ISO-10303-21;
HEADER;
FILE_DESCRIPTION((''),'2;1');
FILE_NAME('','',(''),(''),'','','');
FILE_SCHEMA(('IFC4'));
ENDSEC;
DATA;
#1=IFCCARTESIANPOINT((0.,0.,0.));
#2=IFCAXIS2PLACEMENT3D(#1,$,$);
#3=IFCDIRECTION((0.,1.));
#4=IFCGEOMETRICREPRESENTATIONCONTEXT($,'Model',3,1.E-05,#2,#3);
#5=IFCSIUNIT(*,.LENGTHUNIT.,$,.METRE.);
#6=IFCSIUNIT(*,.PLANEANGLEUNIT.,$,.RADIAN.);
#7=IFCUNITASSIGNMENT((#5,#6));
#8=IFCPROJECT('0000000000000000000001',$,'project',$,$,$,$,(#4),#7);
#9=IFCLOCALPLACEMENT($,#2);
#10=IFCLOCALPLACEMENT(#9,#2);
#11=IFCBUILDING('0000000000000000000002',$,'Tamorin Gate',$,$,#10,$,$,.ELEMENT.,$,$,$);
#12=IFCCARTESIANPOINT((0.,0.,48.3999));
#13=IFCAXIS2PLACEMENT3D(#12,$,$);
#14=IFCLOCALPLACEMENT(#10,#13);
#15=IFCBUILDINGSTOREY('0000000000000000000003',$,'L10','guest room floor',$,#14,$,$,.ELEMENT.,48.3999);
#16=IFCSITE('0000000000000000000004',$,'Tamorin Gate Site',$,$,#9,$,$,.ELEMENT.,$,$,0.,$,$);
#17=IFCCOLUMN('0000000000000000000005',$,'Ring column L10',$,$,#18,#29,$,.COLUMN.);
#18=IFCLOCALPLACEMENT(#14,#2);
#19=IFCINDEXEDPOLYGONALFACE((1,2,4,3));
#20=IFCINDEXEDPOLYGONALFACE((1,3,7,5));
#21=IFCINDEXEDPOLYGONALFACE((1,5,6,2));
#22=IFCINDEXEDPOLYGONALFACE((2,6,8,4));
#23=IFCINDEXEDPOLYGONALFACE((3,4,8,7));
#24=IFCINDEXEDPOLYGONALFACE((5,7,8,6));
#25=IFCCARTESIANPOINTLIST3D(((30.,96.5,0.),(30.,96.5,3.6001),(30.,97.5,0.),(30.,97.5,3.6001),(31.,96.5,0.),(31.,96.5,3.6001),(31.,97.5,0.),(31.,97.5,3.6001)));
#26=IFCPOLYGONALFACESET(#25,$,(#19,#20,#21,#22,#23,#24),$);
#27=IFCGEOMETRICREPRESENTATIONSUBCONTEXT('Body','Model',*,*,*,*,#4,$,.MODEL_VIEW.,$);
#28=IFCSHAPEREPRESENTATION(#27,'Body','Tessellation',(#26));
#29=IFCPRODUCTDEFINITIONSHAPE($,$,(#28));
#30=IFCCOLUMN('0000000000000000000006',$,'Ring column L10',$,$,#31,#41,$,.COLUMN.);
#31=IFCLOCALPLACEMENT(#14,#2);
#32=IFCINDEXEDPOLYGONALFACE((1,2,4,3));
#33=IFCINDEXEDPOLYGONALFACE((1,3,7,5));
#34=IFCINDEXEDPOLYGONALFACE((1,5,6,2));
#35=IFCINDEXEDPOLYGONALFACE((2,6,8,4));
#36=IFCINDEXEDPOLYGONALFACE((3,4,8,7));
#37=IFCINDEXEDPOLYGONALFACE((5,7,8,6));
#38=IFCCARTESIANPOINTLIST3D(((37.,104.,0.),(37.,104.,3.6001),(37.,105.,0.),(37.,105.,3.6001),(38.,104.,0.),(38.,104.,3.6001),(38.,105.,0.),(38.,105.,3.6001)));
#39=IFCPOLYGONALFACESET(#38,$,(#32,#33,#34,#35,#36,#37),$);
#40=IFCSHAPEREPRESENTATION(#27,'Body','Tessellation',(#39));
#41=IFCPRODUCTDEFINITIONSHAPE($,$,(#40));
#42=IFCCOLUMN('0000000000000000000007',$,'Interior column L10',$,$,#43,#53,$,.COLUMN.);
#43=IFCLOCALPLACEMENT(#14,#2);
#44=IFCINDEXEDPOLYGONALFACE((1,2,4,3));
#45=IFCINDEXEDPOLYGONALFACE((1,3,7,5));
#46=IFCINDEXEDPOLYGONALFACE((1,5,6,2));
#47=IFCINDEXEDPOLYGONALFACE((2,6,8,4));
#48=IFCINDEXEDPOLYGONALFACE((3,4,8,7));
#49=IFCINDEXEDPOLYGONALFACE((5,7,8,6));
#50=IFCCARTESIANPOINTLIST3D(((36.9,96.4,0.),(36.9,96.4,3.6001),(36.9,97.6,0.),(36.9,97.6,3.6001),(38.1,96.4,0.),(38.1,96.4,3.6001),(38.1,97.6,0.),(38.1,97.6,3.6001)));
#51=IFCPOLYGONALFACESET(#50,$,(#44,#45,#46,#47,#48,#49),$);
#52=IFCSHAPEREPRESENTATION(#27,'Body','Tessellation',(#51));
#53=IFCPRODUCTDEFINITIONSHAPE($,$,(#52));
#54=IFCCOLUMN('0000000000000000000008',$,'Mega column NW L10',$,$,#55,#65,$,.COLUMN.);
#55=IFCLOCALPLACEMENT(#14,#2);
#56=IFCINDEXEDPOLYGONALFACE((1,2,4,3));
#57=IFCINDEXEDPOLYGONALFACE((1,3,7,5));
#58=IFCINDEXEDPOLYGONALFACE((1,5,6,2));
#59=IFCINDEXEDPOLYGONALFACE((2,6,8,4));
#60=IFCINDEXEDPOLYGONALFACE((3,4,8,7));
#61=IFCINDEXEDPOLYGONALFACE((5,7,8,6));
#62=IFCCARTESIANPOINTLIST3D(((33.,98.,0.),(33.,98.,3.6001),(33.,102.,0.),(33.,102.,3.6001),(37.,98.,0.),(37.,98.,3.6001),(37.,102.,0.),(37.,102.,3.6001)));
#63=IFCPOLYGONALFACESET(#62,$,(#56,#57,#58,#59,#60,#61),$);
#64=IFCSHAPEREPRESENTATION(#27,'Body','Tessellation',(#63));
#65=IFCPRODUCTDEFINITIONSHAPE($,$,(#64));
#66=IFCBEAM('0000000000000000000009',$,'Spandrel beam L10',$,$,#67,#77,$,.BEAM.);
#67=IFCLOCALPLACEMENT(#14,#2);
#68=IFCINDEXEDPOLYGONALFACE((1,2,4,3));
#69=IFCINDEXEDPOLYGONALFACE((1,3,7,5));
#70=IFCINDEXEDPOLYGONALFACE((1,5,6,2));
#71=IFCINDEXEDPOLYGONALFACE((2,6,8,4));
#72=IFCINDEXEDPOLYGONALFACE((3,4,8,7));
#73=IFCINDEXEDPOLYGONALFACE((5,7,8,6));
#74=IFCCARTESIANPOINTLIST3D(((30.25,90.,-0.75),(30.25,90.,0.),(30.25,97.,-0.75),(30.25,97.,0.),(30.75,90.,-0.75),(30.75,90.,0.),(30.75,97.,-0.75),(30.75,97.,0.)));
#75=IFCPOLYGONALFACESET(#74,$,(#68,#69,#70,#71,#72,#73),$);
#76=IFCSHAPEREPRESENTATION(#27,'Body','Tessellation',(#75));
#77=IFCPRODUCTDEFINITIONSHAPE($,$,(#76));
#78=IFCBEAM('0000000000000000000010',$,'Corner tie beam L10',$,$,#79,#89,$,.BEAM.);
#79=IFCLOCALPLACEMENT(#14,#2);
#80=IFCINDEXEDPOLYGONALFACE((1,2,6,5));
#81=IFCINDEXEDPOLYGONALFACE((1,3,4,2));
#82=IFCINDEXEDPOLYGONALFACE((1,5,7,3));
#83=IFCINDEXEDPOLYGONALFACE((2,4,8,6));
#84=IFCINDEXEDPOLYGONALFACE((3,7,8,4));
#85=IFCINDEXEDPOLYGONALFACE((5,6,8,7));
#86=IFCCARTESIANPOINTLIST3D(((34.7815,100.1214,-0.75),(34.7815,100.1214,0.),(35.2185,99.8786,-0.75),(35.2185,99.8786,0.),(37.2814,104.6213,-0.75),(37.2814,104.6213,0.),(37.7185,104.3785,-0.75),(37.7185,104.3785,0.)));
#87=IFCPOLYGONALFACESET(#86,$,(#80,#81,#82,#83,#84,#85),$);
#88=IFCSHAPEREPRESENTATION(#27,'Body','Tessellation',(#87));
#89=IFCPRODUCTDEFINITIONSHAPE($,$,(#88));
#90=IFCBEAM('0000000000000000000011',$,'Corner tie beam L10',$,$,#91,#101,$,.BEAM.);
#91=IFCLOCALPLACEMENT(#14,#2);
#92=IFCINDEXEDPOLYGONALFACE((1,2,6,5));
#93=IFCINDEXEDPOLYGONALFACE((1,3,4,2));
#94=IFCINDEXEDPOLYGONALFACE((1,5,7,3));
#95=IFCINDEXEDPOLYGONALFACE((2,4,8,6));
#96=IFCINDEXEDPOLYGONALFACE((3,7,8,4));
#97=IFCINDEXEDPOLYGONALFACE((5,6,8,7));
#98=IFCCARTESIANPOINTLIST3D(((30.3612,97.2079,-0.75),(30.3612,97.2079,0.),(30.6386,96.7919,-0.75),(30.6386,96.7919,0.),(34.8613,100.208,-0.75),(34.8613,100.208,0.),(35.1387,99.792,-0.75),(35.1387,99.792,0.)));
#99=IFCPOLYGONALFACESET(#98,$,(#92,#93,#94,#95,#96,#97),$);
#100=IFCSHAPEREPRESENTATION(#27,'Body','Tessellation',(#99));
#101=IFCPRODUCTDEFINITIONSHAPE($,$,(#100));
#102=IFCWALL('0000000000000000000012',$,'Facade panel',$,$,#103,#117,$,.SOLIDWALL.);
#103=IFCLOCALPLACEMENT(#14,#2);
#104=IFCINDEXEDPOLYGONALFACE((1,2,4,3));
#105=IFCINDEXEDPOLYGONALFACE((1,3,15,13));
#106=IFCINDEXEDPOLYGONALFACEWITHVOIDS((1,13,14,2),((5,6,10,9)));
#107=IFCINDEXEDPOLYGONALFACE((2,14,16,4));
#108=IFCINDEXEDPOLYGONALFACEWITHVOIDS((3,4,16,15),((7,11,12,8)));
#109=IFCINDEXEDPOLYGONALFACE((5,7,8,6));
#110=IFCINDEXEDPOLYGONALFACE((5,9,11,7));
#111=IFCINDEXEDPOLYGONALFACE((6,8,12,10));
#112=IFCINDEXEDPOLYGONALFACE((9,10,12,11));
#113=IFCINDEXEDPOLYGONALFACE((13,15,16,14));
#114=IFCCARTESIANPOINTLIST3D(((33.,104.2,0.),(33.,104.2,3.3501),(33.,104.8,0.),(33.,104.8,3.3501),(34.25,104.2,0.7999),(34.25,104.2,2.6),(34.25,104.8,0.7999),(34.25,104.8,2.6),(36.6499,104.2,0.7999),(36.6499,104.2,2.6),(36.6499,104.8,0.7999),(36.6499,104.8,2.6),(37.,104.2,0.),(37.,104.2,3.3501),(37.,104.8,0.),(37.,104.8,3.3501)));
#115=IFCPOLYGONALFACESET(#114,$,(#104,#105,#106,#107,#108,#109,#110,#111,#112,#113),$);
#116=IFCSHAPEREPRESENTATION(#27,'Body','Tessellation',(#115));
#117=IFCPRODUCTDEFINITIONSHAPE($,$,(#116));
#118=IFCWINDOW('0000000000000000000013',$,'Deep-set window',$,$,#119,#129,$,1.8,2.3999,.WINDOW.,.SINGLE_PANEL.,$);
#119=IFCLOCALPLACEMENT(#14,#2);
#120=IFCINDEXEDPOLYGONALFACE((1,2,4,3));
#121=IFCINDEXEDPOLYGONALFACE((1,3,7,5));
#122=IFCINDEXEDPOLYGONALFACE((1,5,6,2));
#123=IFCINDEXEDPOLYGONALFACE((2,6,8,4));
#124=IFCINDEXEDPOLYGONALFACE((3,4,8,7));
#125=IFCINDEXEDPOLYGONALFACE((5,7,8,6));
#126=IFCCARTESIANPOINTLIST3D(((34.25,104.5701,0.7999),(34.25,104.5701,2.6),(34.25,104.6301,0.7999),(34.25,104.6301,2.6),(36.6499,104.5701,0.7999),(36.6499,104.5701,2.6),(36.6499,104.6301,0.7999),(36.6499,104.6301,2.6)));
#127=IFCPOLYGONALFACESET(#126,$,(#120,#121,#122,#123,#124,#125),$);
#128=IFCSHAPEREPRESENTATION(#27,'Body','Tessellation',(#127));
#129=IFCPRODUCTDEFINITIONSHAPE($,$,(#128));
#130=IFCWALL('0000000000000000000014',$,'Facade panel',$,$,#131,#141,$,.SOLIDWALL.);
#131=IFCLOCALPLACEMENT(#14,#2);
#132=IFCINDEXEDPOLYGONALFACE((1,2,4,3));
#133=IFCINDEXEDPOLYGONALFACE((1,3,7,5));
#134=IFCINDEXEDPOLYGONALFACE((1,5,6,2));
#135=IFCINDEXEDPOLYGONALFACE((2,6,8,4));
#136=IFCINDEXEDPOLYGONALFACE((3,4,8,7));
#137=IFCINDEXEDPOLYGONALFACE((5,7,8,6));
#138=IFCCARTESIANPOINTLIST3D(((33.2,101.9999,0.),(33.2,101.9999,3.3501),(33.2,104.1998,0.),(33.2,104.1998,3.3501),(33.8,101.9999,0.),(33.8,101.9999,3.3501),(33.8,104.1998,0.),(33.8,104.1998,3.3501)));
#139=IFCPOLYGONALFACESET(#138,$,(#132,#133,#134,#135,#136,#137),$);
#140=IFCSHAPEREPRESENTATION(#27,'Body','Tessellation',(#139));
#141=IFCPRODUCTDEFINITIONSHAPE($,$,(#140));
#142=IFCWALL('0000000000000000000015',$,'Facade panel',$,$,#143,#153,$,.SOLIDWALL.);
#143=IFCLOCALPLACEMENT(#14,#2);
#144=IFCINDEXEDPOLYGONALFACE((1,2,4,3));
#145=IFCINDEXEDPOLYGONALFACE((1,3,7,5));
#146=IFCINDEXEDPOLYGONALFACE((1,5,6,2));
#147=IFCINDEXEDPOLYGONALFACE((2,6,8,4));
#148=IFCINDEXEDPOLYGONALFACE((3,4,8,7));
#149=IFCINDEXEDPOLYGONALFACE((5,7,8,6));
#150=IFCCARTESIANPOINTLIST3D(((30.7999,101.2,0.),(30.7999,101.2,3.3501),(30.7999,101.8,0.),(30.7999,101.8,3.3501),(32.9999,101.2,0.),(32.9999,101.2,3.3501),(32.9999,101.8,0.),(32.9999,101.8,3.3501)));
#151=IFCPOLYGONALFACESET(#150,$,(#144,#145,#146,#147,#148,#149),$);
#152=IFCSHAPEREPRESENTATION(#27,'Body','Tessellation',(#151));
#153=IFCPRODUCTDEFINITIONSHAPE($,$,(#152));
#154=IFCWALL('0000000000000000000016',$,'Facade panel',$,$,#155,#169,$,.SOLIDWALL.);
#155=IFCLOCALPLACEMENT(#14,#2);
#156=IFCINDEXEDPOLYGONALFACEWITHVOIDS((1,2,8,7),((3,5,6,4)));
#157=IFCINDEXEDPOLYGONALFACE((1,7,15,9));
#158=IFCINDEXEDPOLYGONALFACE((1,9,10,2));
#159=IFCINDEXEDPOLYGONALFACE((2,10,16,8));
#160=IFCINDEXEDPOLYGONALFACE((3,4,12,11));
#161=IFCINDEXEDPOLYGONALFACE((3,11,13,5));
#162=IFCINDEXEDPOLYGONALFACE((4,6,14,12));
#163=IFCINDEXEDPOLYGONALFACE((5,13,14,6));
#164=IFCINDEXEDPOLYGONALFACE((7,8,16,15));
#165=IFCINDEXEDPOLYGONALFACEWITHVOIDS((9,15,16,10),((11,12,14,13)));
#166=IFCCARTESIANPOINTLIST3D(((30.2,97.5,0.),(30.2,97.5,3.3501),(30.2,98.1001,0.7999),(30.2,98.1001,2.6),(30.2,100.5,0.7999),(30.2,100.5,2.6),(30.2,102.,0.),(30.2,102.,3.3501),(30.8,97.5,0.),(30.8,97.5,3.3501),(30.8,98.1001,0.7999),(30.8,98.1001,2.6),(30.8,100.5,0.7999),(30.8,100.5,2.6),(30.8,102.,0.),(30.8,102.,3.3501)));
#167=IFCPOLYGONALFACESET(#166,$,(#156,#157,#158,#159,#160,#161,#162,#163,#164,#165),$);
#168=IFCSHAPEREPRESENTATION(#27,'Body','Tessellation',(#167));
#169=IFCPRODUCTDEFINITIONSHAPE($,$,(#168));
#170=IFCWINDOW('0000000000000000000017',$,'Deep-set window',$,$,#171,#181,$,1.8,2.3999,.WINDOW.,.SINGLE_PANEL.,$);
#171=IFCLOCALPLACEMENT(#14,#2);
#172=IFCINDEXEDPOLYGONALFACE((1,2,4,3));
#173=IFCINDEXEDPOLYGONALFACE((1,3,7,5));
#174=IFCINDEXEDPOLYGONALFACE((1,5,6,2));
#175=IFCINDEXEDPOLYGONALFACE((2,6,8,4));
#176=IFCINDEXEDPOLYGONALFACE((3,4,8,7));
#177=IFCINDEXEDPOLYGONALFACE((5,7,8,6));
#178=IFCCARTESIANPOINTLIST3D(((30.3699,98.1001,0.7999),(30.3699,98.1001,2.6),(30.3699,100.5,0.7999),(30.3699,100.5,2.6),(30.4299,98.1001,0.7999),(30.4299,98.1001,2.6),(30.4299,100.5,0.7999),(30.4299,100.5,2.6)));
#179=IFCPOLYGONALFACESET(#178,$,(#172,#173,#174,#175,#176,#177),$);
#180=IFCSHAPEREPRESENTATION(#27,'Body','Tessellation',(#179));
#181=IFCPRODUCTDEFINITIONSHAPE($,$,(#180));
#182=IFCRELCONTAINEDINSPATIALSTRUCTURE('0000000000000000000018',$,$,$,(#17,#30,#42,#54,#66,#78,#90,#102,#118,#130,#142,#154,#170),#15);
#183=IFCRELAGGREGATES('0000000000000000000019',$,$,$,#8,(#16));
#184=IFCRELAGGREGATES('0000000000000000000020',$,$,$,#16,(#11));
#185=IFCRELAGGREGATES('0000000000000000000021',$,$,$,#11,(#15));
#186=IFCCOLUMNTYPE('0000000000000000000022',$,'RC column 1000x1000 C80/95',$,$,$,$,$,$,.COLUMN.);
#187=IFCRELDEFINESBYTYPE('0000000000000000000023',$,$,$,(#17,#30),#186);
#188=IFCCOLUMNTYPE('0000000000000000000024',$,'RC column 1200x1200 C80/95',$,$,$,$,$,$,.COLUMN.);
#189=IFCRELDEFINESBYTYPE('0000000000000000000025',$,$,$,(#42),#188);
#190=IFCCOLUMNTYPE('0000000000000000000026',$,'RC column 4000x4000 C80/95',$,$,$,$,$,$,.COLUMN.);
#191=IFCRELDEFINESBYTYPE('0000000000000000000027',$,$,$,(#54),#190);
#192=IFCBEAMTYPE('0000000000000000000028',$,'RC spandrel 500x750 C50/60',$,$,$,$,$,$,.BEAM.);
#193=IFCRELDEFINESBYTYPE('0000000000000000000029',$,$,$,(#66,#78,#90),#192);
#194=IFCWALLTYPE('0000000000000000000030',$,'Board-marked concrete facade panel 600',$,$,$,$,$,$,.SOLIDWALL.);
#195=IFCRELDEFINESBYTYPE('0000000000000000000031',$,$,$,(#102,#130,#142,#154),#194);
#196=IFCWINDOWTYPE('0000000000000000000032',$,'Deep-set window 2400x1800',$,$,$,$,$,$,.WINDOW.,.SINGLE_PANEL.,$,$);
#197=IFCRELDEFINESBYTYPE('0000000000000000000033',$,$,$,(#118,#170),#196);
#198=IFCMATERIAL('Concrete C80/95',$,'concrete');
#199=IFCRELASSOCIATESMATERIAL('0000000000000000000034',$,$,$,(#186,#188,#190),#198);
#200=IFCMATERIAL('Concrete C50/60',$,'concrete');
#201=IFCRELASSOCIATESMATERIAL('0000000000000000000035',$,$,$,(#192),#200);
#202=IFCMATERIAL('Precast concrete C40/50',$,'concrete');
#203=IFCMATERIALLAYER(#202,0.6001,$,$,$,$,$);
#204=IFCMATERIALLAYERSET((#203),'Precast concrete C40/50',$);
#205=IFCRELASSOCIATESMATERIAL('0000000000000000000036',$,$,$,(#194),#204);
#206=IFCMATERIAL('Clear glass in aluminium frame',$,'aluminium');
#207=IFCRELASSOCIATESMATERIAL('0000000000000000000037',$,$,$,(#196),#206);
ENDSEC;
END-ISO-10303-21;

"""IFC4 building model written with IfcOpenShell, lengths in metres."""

from ifc_helpers import new_model, si_unit, direction, frame, frame_2d, origin, origin_2d, place, context, subcontext, project, spatial, rectangle, extrude, material, layer, layer_set, material_profile, profile_set, type_object, element, fill, save


model = new_model("IFC4")

# Units and contexts
model_context = context("Model", 3, precision=1e-05, world=origin(), true_north=direction((0.0, 1.0)))
body_context = subcontext(model_context, "Body", "Model", "MODEL_VIEW")
ifc_project = project(units=[si_unit("LENGTHUNIT", "METRE"), si_unit("PLANEANGLEUNIT", "RADIAN")], contexts=[model_context])

# Site, building, storey
site_placement = place(None, origin())
site = spatial("IfcSite", under=ifc_project, at=site_placement, Name="Tamorin Gate Site", CompositionType="ELEMENT", RefElevation=0.0)
building_placement = place(site_placement, origin())
building = spatial("IfcBuilding", under=site, at=building_placement, Name="Tamorin Gate", CompositionType="ELEMENT")
storey_placement = place(building_placement, frame((0.0, 0.0, 48.3999)))
storey = spatial("IfcBuildingStorey", under=building, at=storey_placement, Name="L10", Description="guest room floor", CompositionType="ELEMENT", Elevation=48.3999)

# Columns
ifc_material_1 = material(Name="Concrete C80/95", Category="concrete")
ifc_material_profile_1 = material_profile(ifc_material_1, rectangle(XDim=1.0, YDim=1.0, at=origin_2d()), Name="RC 1000x1000")
ifc_profile_set_1 = profile_set([ifc_material_profile_1], Name="Concrete C80/95")
column_type_1 = type_object("IfcColumnType", Name="RC column 1000x1000 C80/95", PredefinedType="COLUMN", material=ifc_profile_set_1)
for number, where, z_axis, x_axis, name in (
    (1, (30.5, 97.0, 0.0), (0.0, 0.0, 1.0), (1.0, 0.0, 0.0), "Ring column L10"),
    (2, (37.5, 104.5, 0.0), (0.0, 0.0, 1.0), (1.0, 0.0, 0.0), "Ring column L10"),
):
    element("IfcColumn", number, at=place(storey_placement, frame(where, z_axis=z_axis, x_axis=x_axis)), inside=storey, type_object=column_type_1, Name=name, PredefinedType="COLUMN", context=body_context, shape_type="SweptSolid", body=[
        extrude(rectangle(XDim=1.0, YDim=1.0, at=origin_2d()), origin(), (0.0, 0.0, 1.0), 3.6001),
    ])
ifc_material_profile_2 = material_profile(ifc_material_1, rectangle(XDim=1.2, YDim=1.2, at=origin_2d()), Name="RC 1200x1200")
ifc_profile_set_2 = profile_set([ifc_material_profile_2], Name="Concrete C80/95")
column_type_2 = type_object("IfcColumnType", Name="RC column 1200x1200 C80/95", PredefinedType="COLUMN", material=ifc_profile_set_2)
column_1_placement = place(storey_placement, frame((37.5, 97.0, 0.0), z_axis=(0.0, 0.0, 1.0), x_axis=(1.0, 0.0, 0.0)))
element("IfcColumn", 3, at=column_1_placement, inside=storey, type_object=column_type_2, Name="Interior column L10", PredefinedType="COLUMN", context=body_context, shape_type="SweptSolid", body=[
    extrude(rectangle(XDim=1.2, YDim=1.2, at=origin_2d()), origin(), (0.0, 0.0, 1.0), 3.6001),
])
ifc_material_profile_3 = material_profile(ifc_material_1, rectangle(XDim=4.0, YDim=4.0, at=origin_2d()), Name="RC 4000x4000")
ifc_profile_set_3 = profile_set([ifc_material_profile_3], Name="Concrete C80/95")
column_type_3 = type_object("IfcColumnType", Name="RC column 4000x4000 C80/95", PredefinedType="COLUMN", material=ifc_profile_set_3)
column_2_placement = place(storey_placement, frame((35.0, 100.0, 0.0), z_axis=(0.0, 0.0, 1.0), x_axis=(1.0, 0.0, 0.0)))
element("IfcColumn", 4, at=column_2_placement, inside=storey, type_object=column_type_3, Name="Mega column NW L10", PredefinedType="COLUMN", context=body_context, shape_type="SweptSolid", body=[
    extrude(rectangle(XDim=4.0, YDim=4.0, at=origin_2d()), origin(), (0.0, 0.0, 1.0), 3.6001),
])

# Beams
ifc_material_2 = material(Name="Concrete C50/60", Category="concrete")
ifc_material_profile_4 = material_profile(ifc_material_2, rectangle(XDim=0.5, YDim=0.75, at=origin_2d()), Name="RC 500x750")
ifc_profile_set_4 = profile_set([ifc_material_profile_4], Name="Concrete C50/60")
beam_type = type_object("IfcBeamType", Name="RC spandrel 500x750 C50/60", PredefinedType="BEAM", material=ifc_profile_set_4)
beam_1_placement = place(storey_placement, frame((30.5, 97.0, -0.375), z_axis=(0.0, -1.0, 0.0), x_axis=(1.0, 0.0, 0.0)))
element("IfcBeam", 5, at=beam_1_placement, inside=storey, type_object=beam_type, Name="Spandrel beam L10", PredefinedType="BEAM", context=body_context, shape_type="SweptSolid", body=[
    extrude(rectangle(XDim=0.5, YDim=0.75, at=origin_2d()), origin(), (0.0, 0.0, 1.0), 7.0),
])
beam_2_placement = place(storey_placement, frame((35.0, 100.0, -0.375), z_axis=(0.485643, 0.874157, 0.0), x_axis=(-0.874157, 0.485643, 0.0)))
element("IfcBeam", 6, at=beam_2_placement, inside=storey, type_object=beam_type, Name="Corner tie beam L10", PredefinedType="BEAM", context=body_context, shape_type="SweptSolid", body=[
    extrude(rectangle(XDim=0.5, YDim=0.75, at=origin_2d()), origin(), (0.0, 0.0, 1.0), 5.1477),
])
beam_3_placement = place(storey_placement, frame((35.0, 100.0, -0.375), z_axis=(-0.83205, -0.5547, 0.0), x_axis=(0.5547, -0.83205, 0.0)))
element("IfcBeam", 7, at=beam_3_placement, inside=storey, type_object=beam_type, Name="Corner tie beam L10", PredefinedType="BEAM", context=body_context, shape_type="SweptSolid", body=[
    extrude(rectangle(XDim=0.5, YDim=0.75, at=origin_2d()), origin(), (0.0, 0.0, 1.0), 5.4084),
])

# Wall, opening, window
ifc_material_3 = material(Name="Precast concrete C40/50", Category="concrete")
ifc_layer_1 = layer(ifc_material_3, 0.6001)
ifc_layer_set_1 = layer_set([ifc_layer_1], Name="Precast concrete C40/50")
wall_type_1 = type_object("IfcWallType", Name="Board-marked concrete facade panel 600", PredefinedType="SOLIDWALL", material=ifc_layer_set_1)
wall_1_placement = place(storey_placement, frame((37.0, 104.5, 0.0), z_axis=(0.0, 0.0, 1.0), x_axis=(-1.0, 0.0, 0.0)))
wall_1 = element("IfcWall", 8, at=wall_1_placement, inside=storey, type_object=wall_type_1, Name="Facade panel", PredefinedType="SOLIDWALL", context=body_context, shape_type="SweptSolid", body=[
    extrude(rectangle(XDim=4.0, YDim=0.6001, at=frame_2d((2.0, 0.0))), origin(), (0.0, 0.0, 1.0), 3.3501),
])
opening_1_placement = place(wall_1_placement, frame((0.3501, 0.0, 0.8)))
opening_1 = element("IfcOpeningElement", 9, at=opening_1_placement, cuts=wall_1, PredefinedType="OPENING", context=body_context, shape_type="SweptSolid", body=[
    extrude(rectangle(XDim=2.3999, YDim=1.8, at=frame_2d((1.2, 0.8999))), frame((0.0, 0.3101, 0.0), z_axis=(0.0, -1.0, 0.0), x_axis=(1.0, 0.0, 0.0)), (0.0, 0.0, 1.0), 0.6201),
])
ifc_material_4 = material(Name="Clear glass in aluminium frame", Category="aluminium")
window_type = type_object("IfcWindowType", Name="Deep-set window 2400x1800", PartitioningType="SINGLE_PANEL", PredefinedType="WINDOW", material=ifc_material_4)
window_1_placement = place(opening_1_placement, origin())
window_1 = element("IfcWindow", 10, at=window_1_placement, inside=storey, type_object=window_type, Name="Deep-set window", OverallHeight=1.8, OverallWidth=2.3999, PartitioningType="SINGLE_PANEL", PredefinedType="WINDOW", context=body_context, shape_type="SweptSolid", body=[
    extrude(rectangle(XDim=2.3999, YDim=1.8, at=frame_2d((1.2, 0.8999))), frame((0.0, -0.0701, 0.0), z_axis=(0.0, -1.0, 0.0), x_axis=(1.0, 0.0, 0.0)), (0.0, 0.0, 1.0), 0.0601),
])
fill(opening_1, window_1)

# Walls
for number, where, z_axis, x_axis, name in (
    (11, (33.5, 104.2, 0.0), (0.0, 0.0, 1.0), (0.0, -1.0, 0.0), "Facade panel"),
    (12, (33.0, 101.5, 0.0), (0.0, 0.0, 1.0), (-1.0, 0.0, 0.0), "Facade panel"),
):
    element("IfcWall", number, at=place(storey_placement, frame(where, z_axis=z_axis, x_axis=x_axis)), inside=storey, type_object=wall_type_1, Name=name, PredefinedType="SOLIDWALL", context=body_context, shape_type="SweptSolid", body=[
        extrude(rectangle(XDim=2.2, YDim=0.6001, at=frame_2d((1.1001, 0.0))), origin(), (0.0, 0.0, 1.0), 3.3501),
    ])

# Wall, opening, window
wall_2_placement = place(storey_placement, frame((30.5, 102.0, 0.0), z_axis=(0.0, 0.0, 1.0), x_axis=(0.0, -1.0, 0.0)))
wall_2 = element("IfcWall", 13, at=wall_2_placement, inside=storey, type_object=wall_type_1, Name="Facade panel", PredefinedType="SOLIDWALL", context=body_context, shape_type="SweptSolid", body=[
    extrude(rectangle(XDim=4.5, YDim=0.6001, at=frame_2d((2.25, 0.0))), origin(), (0.0, 0.0, 1.0), 3.3501),
])
opening_2_placement = place(wall_2_placement, frame((1.5, 0.0, 0.8)))
opening_2 = element("IfcOpeningElement", 14, at=opening_2_placement, cuts=wall_2, PredefinedType="OPENING", context=body_context, shape_type="SweptSolid", body=[
    extrude(rectangle(XDim=2.3999, YDim=1.8, at=frame_2d((1.2, 0.8999))), frame((0.0, 0.3101, 0.0), z_axis=(0.0, -1.0, 0.0), x_axis=(1.0, 0.0, 0.0)), (0.0, 0.0, 1.0), 0.6201),
])
window_2_placement = place(opening_2_placement, origin())
window_2 = element("IfcWindow", 15, at=window_2_placement, inside=storey, type_object=window_type, Name="Deep-set window", OverallHeight=1.8, OverallWidth=2.3999, PartitioningType="SINGLE_PANEL", PredefinedType="WINDOW", context=body_context, shape_type="SweptSolid", body=[
    extrude(rectangle(XDim=2.3999, YDim=1.8, at=frame_2d((1.2, 0.8999))), frame((0.0, -0.0701, 0.0), z_axis=(0.0, -1.0, 0.0), x_axis=(1.0, 0.0, 0.0)), (0.0, 0.0, 1.0), 0.0601),
])
fill(opening_2, window_2)

save(model, "model.ifc")
